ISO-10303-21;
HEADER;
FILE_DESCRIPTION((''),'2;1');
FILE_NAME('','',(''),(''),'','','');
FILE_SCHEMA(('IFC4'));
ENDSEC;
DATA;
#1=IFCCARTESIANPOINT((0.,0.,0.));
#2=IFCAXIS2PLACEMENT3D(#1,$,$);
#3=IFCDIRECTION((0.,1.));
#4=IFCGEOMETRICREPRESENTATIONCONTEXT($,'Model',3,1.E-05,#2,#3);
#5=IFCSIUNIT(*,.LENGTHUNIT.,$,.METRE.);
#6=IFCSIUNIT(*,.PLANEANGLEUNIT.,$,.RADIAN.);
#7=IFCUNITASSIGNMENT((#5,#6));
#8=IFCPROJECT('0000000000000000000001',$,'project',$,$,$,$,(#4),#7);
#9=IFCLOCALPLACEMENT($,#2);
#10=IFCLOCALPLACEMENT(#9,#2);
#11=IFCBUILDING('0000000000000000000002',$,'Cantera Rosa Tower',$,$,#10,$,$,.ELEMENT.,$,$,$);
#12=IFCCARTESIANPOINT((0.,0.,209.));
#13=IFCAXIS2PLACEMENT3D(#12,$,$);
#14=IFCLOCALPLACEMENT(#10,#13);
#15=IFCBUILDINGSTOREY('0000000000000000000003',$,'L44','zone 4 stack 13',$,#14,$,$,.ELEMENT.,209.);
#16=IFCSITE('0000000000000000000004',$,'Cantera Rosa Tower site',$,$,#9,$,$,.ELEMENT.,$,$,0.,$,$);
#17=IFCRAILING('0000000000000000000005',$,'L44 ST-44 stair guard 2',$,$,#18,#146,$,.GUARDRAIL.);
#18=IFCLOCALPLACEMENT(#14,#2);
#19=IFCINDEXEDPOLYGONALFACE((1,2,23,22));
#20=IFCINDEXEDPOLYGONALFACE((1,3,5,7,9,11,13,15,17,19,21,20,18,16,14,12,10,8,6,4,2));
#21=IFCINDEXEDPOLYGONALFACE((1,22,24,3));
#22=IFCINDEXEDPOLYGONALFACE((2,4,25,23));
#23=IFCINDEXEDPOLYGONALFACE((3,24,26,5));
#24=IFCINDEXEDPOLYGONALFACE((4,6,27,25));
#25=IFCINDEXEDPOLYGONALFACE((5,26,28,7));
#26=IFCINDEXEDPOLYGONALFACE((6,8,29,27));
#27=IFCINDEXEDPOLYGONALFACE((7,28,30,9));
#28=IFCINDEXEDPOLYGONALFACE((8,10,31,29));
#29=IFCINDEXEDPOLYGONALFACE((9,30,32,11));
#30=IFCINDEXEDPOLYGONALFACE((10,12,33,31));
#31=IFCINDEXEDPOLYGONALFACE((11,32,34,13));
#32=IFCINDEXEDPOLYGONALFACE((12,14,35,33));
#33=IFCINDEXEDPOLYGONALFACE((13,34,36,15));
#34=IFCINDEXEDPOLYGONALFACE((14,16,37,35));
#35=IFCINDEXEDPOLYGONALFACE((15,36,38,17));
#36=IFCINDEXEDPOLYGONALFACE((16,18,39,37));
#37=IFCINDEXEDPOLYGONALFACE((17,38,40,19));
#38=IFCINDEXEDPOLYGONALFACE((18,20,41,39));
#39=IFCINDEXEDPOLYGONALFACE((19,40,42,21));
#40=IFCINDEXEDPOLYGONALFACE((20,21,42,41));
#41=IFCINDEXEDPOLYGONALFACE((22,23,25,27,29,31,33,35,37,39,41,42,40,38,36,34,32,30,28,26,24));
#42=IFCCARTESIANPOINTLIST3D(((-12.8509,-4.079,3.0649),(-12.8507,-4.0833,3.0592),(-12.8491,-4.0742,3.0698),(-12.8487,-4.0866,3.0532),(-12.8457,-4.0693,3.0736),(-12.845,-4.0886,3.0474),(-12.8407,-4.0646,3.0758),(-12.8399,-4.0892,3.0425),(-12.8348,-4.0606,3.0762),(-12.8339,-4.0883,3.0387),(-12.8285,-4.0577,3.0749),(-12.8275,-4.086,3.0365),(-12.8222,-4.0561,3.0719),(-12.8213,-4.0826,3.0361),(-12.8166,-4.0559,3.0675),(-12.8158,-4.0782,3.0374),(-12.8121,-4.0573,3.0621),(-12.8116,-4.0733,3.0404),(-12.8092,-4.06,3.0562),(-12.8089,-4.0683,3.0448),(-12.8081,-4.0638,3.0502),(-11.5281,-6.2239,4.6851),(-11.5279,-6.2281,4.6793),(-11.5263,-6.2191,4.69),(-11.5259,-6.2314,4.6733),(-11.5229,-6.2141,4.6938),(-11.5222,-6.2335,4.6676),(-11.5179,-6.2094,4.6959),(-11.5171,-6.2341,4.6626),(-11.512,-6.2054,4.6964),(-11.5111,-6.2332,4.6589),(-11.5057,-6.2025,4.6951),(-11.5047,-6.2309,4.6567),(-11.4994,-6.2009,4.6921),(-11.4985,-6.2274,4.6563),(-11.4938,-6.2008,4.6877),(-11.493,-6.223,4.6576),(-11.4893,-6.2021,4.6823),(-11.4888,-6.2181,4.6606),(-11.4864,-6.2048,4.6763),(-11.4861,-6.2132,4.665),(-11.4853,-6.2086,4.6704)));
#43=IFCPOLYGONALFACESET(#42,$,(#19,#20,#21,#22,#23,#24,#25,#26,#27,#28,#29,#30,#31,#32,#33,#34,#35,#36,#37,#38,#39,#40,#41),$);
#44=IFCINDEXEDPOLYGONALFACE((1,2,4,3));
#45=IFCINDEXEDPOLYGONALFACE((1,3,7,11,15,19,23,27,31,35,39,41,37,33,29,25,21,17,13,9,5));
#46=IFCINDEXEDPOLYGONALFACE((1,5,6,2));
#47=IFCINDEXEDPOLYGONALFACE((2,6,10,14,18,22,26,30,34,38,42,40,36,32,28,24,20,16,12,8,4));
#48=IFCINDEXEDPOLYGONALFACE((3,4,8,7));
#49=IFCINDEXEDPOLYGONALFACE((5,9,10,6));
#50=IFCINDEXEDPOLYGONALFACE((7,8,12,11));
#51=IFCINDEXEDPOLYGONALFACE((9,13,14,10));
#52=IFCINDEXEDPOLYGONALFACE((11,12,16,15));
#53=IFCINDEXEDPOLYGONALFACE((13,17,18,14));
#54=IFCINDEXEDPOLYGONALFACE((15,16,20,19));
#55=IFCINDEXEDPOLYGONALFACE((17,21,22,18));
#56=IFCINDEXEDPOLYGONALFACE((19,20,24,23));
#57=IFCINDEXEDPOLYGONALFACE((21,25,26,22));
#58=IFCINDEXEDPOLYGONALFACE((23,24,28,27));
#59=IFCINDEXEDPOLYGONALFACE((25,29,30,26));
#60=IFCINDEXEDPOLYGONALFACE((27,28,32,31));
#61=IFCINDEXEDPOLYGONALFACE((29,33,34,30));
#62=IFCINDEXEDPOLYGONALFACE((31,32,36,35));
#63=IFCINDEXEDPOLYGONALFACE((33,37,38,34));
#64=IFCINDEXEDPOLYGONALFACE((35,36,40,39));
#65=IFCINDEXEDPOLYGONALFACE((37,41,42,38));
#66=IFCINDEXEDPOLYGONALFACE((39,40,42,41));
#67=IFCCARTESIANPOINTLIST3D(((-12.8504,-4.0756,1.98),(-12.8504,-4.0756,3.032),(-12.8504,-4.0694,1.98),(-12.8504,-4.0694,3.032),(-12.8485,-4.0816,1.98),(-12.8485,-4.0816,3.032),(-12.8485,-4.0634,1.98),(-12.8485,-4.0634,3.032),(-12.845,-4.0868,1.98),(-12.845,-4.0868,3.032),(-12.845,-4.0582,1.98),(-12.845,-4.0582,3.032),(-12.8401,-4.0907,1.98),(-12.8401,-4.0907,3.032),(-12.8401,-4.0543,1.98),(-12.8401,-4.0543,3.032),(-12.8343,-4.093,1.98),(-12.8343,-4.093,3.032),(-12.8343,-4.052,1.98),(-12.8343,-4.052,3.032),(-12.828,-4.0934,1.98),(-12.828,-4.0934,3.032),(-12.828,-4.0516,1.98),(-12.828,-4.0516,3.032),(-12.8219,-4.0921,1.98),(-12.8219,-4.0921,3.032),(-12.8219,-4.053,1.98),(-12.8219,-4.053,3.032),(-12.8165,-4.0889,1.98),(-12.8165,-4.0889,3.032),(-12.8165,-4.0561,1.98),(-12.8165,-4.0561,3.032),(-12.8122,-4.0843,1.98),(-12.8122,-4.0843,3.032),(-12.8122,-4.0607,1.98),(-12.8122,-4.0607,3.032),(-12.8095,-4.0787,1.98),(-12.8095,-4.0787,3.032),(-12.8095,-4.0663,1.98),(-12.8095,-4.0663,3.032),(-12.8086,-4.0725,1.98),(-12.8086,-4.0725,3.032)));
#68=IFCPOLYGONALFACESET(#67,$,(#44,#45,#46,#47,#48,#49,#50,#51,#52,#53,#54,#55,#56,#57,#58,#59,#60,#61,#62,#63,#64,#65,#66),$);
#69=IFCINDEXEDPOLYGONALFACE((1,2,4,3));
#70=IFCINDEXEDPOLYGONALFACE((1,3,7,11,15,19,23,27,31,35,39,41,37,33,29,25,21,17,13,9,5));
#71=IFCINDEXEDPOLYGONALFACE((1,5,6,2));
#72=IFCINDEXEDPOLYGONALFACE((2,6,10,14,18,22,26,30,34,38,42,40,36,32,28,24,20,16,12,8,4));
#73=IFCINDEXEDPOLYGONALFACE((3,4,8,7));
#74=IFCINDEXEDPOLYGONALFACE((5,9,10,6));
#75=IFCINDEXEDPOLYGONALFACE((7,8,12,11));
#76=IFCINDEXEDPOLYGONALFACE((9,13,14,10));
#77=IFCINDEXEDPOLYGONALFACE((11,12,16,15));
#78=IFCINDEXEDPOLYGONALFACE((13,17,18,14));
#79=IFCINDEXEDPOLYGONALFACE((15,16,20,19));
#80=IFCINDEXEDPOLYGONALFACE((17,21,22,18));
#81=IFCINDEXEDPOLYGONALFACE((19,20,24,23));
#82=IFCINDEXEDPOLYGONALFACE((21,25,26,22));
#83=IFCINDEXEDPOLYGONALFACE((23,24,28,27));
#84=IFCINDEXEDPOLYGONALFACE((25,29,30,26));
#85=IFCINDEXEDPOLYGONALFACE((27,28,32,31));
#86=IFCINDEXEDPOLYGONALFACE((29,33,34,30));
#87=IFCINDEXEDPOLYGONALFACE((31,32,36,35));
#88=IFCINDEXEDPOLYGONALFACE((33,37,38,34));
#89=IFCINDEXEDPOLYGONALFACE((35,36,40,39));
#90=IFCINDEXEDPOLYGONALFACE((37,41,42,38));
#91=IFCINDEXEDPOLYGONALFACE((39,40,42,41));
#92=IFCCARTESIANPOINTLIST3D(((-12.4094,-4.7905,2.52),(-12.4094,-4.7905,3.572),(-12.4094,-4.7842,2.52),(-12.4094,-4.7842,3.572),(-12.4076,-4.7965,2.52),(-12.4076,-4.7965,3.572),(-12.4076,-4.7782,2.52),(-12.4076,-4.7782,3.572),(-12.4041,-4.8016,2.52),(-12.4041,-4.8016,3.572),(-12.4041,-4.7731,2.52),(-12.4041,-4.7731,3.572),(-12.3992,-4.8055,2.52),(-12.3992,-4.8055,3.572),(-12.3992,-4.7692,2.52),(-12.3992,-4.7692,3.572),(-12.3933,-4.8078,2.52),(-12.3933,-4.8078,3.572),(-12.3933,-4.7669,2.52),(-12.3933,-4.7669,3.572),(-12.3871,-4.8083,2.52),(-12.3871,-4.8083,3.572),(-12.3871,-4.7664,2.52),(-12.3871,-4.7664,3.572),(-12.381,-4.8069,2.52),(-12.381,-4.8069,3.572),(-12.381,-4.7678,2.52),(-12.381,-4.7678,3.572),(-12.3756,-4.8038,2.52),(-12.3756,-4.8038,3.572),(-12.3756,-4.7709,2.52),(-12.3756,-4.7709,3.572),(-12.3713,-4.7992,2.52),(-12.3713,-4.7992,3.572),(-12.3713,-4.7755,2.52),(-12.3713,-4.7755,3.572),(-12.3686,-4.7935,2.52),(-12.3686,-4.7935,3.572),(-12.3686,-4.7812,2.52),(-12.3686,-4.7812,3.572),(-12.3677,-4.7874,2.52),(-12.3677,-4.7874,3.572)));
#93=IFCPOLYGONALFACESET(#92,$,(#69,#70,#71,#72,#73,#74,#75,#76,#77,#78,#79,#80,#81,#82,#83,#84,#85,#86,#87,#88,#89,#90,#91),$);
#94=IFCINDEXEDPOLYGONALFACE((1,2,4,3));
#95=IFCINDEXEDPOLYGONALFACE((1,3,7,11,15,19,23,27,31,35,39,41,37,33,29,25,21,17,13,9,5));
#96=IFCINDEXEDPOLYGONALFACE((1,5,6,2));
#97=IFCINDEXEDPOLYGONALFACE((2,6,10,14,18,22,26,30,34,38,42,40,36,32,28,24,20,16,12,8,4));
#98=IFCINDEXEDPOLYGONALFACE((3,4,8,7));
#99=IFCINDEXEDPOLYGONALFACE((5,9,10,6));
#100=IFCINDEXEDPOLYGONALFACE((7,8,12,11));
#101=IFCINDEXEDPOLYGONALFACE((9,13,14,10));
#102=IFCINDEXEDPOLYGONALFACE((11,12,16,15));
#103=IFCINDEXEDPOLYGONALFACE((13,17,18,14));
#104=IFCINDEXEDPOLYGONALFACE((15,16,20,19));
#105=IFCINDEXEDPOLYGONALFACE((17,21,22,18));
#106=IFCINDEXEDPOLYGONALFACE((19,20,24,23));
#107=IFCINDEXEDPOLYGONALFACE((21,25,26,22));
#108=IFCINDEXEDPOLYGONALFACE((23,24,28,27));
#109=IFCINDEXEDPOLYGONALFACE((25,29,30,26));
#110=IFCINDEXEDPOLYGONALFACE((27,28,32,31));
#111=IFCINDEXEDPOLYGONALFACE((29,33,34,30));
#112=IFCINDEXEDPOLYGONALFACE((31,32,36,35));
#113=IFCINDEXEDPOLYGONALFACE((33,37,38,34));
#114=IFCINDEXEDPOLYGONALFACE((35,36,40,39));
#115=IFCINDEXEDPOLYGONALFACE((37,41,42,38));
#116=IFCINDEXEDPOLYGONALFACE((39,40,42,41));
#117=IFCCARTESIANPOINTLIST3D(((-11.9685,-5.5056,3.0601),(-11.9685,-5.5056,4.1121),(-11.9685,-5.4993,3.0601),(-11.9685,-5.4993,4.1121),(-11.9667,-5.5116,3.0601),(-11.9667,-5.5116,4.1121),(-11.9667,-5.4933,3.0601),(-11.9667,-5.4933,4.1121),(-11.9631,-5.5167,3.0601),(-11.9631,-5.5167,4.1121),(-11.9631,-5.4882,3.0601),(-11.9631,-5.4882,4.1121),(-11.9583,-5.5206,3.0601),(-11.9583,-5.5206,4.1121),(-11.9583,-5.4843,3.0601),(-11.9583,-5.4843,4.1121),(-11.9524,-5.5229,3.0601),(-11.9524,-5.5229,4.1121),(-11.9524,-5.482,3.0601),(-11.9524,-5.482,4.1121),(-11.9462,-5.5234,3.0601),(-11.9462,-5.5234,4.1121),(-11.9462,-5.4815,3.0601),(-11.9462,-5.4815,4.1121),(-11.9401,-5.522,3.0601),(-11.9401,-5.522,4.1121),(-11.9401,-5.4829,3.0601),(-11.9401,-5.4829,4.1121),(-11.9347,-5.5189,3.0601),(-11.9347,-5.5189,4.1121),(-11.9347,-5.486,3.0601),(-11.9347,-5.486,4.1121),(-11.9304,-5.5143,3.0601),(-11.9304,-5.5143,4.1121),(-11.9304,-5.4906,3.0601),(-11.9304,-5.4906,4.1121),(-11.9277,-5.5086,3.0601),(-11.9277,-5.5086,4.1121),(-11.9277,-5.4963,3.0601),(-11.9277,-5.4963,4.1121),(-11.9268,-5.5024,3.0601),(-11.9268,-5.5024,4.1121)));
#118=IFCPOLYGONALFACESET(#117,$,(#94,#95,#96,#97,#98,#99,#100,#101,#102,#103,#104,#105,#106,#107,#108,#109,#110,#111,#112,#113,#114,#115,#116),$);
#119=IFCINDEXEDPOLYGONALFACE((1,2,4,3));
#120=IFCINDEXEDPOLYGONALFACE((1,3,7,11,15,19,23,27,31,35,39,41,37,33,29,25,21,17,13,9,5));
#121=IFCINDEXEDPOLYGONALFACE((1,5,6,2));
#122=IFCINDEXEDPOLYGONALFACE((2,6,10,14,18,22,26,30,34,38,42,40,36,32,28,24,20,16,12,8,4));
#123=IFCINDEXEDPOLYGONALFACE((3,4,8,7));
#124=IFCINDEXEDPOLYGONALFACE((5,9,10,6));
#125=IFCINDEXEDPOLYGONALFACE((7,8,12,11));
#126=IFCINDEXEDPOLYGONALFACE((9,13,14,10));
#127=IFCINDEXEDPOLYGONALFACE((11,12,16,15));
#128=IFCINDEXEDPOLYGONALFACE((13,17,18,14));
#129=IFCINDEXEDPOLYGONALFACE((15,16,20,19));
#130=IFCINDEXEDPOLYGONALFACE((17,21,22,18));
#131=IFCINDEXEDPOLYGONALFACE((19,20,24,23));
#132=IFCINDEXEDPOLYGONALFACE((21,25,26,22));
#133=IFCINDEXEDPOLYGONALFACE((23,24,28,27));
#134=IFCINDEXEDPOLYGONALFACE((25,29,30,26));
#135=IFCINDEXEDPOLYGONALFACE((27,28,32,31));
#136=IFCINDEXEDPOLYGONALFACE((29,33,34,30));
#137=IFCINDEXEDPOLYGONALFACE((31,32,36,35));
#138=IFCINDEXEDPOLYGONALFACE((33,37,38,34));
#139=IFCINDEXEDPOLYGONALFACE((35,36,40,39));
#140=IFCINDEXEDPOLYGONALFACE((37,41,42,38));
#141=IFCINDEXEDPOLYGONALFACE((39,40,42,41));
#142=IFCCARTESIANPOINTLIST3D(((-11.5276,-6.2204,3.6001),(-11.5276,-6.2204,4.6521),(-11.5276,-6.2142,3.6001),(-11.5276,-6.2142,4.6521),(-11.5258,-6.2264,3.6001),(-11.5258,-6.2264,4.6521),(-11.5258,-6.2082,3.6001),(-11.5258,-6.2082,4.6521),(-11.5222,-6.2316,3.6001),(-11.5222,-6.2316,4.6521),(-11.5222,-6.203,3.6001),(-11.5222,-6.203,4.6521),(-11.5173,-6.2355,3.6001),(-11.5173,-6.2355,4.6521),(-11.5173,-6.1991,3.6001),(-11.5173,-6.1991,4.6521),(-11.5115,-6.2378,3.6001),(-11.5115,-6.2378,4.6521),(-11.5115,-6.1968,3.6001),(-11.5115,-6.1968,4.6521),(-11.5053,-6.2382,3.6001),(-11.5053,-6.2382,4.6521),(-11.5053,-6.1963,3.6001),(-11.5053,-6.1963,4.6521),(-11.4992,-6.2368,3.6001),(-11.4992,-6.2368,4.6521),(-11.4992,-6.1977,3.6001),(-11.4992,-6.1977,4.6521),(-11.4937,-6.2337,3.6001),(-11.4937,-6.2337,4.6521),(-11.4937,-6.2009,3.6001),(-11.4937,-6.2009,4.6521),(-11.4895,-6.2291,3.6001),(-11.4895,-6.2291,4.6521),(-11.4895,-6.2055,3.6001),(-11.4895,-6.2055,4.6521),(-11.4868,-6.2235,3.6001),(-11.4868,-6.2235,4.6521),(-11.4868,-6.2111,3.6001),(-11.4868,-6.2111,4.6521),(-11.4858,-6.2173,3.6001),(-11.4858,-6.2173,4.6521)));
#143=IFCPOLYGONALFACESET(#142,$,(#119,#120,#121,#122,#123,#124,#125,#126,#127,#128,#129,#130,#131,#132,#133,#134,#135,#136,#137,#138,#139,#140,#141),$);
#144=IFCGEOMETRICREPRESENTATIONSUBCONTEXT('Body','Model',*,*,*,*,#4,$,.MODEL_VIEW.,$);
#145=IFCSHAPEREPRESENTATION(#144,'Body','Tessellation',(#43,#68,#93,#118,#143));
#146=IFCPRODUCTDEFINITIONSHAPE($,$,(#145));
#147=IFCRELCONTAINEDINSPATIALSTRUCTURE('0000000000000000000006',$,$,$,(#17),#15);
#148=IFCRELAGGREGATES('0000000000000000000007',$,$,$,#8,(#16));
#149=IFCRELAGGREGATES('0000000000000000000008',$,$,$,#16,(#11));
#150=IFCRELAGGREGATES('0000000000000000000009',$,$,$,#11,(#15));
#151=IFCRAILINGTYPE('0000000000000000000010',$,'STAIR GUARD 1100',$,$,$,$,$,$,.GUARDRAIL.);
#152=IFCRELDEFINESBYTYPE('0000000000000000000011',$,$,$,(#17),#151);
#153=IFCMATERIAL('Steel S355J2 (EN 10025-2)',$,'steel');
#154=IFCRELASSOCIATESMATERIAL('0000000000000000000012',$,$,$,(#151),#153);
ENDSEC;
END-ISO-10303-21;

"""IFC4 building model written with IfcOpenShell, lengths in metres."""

from ifc_helpers import new_model, si_unit, direction, frame, origin, origin_2d, place, context, subcontext, project, spatial, circle, extrude, material, type_object, element, save


model = new_model("IFC4")

# Units and contexts
model_context = context("Model", 3, precision=1e-05, world=origin(), true_north=direction((0.0, 1.0)))
body_context = subcontext(model_context, "Body", "Model", "MODEL_VIEW")
ifc_project = project(units=[si_unit("LENGTHUNIT", "METRE"), si_unit("PLANEANGLEUNIT", "RADIAN")], contexts=[model_context])

# Site, building, storey
site_placement = place(None, origin())
site = spatial("IfcSite", under=ifc_project, at=site_placement, Name="Cantera Rosa Tower site", CompositionType="ELEMENT", RefElevation=0.0)
building_placement = place(site_placement, origin())
building = spatial("IfcBuilding", under=site, at=building_placement, Name="Cantera Rosa Tower", CompositionType="ELEMENT")
storey_placement = place(building_placement, frame((0.0, 0.0, 209.0)))
storey = spatial("IfcBuildingStorey", under=building, at=storey_placement, Name="L44", Description="zone 4 stack 13", CompositionType="ELEMENT", Elevation=209.0)

# Railing
ifc_material_1 = material(Name="Steel S355J2 (EN 10025-2)", Category="steel")
railing_type_1 = type_object("IfcRailingType", Name="STAIR GUARD 1100", PredefinedType="GUARDRAIL", material=ifc_material_1)
railing_1_placement = place(storey_placement, frame((-12.8296, -4.0725, 1.98)))
element("IfcRailing", 1, at=railing_1_placement, inside=storey, type_object=railing_type_1, Name="L44 ST-44 stair guard 2", PredefinedType="GUARDRAIL", context=body_context, shape_type="SweptSolid", body=[
    extrude(circle(Radius=0.0239, at=origin_2d()), frame((0.0, 0.0, 1.0762), z_axis=(0.441543, -0.715939, 0.540805), x_axis=(0.851146, 0.52493, 0.0)), (0.0, 0.0, 1.0), 2.9958),
    extrude(circle(Radius=0.021, at=origin_2d()), origin(), (0.0, 0.0, 1.0), 1.052),
    extrude(circle(Radius=0.021, at=origin_2d()), frame((0.4409, -0.7148, 0.54)), (0.0, 0.0, 1.0), 1.052),
    extrude(circle(Radius=0.021, at=origin_2d()), frame((0.8818, -1.4299, 1.0801)), (0.0, 0.0, 1.0), 1.052),
    extrude(circle(Radius=0.021, at=origin_2d()), frame((1.3228, -2.1448, 1.6201)), (0.0, 0.0, 1.0), 1.052),
])

save(model, "model.ifc")
